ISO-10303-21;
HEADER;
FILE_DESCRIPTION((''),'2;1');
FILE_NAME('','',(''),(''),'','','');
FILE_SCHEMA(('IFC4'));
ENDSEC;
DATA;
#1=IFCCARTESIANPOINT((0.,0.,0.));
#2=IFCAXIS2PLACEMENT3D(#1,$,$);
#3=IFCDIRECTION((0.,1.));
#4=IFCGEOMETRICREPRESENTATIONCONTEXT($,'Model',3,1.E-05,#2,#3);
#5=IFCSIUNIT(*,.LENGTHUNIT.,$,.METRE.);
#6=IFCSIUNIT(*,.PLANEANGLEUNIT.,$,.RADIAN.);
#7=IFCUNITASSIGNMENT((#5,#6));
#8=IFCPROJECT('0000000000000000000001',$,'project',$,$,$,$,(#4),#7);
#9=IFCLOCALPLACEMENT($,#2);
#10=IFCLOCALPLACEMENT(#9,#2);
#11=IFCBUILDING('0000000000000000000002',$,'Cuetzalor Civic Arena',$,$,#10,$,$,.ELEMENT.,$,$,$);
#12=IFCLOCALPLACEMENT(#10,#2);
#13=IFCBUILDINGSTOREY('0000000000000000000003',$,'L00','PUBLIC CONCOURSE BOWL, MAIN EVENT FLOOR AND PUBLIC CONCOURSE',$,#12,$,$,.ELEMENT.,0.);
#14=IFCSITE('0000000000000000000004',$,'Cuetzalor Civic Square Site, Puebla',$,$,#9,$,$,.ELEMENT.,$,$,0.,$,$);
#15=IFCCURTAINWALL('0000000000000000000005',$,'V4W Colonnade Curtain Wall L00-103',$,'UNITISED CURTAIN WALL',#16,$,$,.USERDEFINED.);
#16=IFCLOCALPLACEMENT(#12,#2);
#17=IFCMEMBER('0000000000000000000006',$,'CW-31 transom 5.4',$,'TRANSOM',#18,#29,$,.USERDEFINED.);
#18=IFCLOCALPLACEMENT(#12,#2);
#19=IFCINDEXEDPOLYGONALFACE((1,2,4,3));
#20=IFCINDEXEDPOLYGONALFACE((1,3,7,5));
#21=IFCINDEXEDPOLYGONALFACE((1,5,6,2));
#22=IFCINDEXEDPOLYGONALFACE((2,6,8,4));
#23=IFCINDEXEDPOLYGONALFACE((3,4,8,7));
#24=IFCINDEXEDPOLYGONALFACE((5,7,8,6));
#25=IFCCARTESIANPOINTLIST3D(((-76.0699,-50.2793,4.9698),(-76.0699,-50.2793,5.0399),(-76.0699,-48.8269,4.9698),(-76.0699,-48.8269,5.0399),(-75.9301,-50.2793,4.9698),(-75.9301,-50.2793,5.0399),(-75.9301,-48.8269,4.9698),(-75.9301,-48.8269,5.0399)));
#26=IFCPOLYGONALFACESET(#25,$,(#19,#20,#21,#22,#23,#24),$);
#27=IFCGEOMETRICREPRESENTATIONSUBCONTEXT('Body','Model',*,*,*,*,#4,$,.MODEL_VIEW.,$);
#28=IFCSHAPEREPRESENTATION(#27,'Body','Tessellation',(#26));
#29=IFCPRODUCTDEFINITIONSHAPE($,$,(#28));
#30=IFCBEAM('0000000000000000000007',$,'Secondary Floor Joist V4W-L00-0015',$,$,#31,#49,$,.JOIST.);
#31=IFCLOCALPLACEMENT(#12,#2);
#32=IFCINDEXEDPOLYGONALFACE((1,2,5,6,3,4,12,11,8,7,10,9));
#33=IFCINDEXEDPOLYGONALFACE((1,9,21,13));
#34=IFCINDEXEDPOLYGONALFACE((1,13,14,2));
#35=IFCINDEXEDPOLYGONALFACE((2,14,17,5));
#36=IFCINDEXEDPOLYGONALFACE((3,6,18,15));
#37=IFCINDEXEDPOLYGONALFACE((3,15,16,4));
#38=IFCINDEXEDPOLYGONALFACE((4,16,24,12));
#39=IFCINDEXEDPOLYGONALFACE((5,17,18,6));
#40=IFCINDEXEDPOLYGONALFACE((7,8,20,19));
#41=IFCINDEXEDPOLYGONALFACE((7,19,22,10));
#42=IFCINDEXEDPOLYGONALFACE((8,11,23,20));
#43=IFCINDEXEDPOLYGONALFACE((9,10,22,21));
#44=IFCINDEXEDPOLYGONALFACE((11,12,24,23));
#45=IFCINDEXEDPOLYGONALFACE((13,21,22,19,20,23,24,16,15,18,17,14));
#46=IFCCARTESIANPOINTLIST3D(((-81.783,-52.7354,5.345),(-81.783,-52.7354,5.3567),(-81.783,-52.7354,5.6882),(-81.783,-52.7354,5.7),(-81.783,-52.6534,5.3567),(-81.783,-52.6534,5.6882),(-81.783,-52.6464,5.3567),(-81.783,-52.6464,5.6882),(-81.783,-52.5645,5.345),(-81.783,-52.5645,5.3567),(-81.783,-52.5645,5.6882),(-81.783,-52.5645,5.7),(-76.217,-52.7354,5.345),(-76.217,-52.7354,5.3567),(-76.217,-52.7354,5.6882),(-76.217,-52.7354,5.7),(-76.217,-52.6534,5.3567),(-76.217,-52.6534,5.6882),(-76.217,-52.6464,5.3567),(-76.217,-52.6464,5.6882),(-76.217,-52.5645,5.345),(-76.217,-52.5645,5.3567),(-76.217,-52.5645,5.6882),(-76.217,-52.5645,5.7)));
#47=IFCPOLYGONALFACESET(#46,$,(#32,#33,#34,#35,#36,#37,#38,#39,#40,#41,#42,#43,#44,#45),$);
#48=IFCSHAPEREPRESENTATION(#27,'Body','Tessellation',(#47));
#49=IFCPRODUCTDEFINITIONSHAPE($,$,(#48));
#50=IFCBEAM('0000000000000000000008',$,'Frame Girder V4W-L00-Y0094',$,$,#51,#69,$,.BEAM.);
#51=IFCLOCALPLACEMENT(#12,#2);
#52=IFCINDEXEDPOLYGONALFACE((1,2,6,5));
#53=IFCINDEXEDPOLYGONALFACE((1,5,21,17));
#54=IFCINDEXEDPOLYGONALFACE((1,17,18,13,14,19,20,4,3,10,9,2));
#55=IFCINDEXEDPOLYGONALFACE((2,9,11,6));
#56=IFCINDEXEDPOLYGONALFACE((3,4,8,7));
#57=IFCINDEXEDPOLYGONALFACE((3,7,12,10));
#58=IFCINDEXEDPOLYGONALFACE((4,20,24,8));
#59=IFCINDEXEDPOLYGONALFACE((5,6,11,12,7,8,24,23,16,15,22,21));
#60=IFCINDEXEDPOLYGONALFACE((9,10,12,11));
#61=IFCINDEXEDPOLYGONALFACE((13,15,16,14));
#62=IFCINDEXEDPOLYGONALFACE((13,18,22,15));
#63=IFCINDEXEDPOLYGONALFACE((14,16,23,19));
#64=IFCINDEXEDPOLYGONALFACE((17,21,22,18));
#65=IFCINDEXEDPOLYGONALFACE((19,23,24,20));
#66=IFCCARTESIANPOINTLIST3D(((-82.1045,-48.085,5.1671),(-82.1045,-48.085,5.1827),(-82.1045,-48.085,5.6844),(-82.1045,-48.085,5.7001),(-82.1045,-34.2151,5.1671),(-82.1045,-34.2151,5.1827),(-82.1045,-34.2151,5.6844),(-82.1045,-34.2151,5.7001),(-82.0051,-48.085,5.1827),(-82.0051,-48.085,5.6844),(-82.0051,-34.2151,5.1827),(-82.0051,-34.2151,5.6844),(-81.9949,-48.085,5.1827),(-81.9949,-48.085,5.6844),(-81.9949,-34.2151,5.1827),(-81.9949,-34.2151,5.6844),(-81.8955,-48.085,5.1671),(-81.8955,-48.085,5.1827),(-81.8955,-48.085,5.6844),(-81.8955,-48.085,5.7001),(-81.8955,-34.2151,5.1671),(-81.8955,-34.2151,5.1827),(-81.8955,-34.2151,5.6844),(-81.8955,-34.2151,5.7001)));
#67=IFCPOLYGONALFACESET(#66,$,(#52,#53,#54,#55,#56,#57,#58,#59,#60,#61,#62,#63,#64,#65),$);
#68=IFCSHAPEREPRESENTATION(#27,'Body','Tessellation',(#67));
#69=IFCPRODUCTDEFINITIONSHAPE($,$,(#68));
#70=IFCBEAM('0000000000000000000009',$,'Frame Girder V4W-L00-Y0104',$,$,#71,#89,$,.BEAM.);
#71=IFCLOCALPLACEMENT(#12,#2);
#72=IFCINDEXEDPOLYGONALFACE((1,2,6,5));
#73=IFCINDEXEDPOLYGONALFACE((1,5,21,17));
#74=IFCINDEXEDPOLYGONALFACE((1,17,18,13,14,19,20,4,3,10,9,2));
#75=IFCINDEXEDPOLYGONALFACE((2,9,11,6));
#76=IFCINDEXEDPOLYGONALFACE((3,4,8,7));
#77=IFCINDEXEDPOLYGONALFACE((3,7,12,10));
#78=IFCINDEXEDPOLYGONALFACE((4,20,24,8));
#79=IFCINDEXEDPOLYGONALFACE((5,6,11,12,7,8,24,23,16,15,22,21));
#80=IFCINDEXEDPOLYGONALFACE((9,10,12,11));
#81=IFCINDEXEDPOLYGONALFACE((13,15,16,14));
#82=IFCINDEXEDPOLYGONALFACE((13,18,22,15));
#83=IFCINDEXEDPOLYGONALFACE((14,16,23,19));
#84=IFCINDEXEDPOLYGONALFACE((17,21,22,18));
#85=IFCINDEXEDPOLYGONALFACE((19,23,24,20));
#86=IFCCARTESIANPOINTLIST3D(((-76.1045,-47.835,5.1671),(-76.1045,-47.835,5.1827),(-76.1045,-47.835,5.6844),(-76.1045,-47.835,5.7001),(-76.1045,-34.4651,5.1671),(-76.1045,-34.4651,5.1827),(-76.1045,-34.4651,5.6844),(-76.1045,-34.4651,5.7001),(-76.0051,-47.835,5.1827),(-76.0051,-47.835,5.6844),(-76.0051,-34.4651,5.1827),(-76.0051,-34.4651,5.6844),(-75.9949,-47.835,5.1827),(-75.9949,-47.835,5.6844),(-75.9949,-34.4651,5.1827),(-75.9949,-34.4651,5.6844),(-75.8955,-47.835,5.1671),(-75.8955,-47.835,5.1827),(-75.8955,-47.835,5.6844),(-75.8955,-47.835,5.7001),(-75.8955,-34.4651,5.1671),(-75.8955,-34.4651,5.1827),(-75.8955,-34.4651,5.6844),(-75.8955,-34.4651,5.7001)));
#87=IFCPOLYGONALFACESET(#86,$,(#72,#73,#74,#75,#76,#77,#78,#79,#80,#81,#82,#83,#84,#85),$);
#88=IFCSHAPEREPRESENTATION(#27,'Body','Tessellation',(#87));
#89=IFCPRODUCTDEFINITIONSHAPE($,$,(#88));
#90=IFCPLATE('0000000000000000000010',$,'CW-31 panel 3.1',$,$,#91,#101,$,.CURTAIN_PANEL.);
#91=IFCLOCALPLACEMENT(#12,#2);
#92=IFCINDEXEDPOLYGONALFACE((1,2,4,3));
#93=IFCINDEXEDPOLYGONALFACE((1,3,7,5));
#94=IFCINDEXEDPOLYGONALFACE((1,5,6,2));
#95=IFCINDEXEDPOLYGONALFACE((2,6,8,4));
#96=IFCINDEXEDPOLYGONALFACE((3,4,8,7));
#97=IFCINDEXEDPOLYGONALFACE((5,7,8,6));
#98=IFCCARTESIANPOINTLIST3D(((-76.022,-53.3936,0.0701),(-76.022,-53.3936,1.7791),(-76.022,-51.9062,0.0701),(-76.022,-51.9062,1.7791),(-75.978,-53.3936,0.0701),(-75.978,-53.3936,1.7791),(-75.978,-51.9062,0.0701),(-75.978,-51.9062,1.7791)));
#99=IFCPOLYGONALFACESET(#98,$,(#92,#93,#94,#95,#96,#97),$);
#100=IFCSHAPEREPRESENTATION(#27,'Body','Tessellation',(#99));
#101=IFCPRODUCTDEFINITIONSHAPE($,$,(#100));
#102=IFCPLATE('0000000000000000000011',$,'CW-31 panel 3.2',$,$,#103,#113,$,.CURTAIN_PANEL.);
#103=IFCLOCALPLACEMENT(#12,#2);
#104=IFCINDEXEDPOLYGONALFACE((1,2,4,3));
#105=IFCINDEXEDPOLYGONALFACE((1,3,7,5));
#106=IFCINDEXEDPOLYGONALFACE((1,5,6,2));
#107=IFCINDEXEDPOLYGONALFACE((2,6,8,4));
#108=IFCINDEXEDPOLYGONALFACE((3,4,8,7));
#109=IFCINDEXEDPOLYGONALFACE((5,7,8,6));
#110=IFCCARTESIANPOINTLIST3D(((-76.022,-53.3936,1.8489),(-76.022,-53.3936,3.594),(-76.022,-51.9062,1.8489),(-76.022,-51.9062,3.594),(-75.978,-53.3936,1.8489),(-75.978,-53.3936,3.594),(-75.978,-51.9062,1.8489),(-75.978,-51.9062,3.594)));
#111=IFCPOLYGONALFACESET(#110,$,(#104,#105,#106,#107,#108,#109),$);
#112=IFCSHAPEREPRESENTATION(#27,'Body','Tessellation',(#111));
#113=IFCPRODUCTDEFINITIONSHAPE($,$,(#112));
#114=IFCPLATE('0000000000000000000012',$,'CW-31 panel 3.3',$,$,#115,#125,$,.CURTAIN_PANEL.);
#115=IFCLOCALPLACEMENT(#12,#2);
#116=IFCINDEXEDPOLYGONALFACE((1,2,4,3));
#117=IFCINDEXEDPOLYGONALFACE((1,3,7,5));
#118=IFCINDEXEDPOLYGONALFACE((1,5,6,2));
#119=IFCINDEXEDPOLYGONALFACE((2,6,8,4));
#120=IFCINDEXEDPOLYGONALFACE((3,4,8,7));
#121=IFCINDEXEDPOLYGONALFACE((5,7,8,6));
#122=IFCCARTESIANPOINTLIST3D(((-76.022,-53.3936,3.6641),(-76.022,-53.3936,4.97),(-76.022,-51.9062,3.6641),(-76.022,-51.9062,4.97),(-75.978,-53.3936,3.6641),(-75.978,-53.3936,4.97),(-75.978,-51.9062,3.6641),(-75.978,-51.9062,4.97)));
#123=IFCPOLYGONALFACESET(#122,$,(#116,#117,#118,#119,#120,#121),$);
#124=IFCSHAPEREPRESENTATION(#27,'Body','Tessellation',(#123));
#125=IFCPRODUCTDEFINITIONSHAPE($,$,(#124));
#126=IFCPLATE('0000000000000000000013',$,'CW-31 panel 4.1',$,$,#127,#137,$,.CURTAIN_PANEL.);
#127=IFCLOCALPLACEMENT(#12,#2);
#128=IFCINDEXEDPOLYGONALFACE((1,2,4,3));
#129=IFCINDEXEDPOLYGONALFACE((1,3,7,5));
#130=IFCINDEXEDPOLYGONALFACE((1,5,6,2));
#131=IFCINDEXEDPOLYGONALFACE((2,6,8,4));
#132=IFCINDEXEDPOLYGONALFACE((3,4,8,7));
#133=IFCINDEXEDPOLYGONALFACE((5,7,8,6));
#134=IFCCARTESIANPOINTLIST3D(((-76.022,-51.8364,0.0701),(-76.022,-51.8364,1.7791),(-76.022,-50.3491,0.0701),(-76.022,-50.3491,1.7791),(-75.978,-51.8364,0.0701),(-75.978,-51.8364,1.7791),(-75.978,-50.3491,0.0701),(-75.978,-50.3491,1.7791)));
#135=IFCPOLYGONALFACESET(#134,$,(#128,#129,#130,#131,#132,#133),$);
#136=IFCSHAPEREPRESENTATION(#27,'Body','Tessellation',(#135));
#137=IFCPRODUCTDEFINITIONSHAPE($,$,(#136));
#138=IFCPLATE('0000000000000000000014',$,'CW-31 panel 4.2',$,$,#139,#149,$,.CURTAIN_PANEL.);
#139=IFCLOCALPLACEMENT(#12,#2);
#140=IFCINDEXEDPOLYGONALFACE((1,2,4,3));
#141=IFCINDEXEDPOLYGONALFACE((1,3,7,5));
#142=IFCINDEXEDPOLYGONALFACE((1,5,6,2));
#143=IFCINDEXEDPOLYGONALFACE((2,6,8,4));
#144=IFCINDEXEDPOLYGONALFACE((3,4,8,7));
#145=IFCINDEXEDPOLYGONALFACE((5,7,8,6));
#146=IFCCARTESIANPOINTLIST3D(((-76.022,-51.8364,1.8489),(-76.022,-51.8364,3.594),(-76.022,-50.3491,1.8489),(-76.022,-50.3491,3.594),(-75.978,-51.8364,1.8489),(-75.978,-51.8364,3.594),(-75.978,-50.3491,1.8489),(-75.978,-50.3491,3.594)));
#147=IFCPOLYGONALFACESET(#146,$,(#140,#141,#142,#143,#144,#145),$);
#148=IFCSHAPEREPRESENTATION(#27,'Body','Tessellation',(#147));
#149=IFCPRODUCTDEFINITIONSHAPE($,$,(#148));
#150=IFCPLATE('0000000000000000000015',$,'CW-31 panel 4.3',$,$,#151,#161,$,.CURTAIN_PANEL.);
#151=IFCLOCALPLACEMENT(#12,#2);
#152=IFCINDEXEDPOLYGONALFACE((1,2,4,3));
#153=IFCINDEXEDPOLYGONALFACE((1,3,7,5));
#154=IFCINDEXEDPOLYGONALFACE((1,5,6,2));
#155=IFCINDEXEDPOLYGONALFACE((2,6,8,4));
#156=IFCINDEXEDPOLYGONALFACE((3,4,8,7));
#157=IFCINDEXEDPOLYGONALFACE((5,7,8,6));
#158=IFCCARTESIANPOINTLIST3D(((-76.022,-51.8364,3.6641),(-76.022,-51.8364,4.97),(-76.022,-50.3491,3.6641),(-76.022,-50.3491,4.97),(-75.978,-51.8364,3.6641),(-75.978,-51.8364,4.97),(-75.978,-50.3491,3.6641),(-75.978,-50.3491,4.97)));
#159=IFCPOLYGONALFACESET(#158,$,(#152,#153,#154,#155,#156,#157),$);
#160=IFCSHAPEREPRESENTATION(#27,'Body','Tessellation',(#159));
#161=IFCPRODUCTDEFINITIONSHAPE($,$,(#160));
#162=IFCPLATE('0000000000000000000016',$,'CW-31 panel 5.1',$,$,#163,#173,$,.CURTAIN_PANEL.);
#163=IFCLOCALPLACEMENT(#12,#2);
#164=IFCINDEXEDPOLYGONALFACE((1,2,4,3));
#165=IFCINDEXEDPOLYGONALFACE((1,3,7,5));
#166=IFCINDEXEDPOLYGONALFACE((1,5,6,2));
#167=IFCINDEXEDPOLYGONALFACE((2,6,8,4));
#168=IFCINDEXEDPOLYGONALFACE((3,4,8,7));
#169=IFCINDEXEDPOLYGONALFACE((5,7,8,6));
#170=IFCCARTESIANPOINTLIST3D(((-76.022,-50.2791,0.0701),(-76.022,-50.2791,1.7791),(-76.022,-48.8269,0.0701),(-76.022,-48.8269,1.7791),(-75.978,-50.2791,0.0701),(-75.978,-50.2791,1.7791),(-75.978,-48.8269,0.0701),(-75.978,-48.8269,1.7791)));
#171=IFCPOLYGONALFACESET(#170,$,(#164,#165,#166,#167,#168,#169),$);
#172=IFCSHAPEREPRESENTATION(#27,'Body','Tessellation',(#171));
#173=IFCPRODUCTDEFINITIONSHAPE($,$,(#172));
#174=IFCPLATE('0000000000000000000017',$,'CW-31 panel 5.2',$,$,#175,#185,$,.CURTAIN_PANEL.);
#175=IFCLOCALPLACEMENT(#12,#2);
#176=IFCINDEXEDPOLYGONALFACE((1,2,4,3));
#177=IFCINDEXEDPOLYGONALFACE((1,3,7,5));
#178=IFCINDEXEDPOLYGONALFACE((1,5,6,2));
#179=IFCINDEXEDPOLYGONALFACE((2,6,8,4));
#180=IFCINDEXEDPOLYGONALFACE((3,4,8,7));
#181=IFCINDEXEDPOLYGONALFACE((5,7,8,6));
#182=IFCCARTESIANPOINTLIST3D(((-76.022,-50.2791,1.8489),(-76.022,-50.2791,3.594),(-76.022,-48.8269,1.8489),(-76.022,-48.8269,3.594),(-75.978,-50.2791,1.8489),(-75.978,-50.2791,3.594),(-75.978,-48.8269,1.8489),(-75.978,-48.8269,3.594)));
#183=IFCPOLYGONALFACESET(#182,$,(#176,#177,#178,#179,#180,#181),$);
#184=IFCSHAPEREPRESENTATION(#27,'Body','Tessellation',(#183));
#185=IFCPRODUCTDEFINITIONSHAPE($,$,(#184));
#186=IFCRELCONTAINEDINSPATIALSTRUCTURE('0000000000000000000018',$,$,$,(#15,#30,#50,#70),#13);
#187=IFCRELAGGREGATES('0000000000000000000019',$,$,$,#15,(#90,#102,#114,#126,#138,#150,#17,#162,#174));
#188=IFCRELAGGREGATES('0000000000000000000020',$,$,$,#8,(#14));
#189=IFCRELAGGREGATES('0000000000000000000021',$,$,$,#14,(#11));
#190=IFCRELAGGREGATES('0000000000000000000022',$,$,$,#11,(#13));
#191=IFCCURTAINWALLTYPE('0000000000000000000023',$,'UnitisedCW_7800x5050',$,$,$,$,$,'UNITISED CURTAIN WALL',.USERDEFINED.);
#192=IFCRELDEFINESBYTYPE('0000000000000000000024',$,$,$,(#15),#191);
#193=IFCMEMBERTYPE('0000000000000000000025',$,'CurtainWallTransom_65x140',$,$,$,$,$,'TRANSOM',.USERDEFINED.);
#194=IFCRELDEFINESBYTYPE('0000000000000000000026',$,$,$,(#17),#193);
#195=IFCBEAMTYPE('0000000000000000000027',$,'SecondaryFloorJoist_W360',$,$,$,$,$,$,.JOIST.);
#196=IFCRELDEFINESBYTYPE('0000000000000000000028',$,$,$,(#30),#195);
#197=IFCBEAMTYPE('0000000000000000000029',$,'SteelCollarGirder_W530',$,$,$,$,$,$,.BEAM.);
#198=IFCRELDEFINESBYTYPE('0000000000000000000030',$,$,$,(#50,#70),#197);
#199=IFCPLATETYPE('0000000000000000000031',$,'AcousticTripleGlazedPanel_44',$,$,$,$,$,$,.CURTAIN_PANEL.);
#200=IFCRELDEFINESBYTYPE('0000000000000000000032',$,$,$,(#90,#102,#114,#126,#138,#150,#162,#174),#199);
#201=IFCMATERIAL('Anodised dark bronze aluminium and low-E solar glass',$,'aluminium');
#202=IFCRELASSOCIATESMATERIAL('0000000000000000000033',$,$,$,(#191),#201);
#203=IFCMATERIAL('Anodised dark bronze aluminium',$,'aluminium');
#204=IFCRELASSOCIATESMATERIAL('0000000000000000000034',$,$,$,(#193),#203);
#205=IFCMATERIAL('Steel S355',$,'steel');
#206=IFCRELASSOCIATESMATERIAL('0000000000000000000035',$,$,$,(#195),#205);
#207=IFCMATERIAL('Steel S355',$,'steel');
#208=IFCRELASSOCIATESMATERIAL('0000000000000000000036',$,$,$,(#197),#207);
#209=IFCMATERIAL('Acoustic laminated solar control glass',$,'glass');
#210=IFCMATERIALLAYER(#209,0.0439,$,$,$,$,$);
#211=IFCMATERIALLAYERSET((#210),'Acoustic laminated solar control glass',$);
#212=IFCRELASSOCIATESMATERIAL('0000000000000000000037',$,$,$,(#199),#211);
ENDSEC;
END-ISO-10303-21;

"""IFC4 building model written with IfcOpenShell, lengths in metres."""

from ifc_helpers import new_model, si_unit, direction, frame, origin, origin_2d, place, context, subcontext, project, spatial, rectangle, i_section, extrude, material, layer, layer_set, material_profile, profile_set, type_object, element, aggregate, save


model = new_model("IFC4")

# Units and contexts
model_context = context("Model", 3, precision=1e-05, world=origin(), true_north=direction((0.0, 1.0)))
body_context = subcontext(model_context, "Body", "Model", "MODEL_VIEW")
ifc_project = project(units=[si_unit("LENGTHUNIT", "METRE"), si_unit("PLANEANGLEUNIT", "RADIAN")], contexts=[model_context])

# Site, building, storey
site_placement = place(None, origin())
site = spatial("IfcSite", under=ifc_project, at=site_placement, Name="Cuetzalor Civic Square Site, Puebla", CompositionType="ELEMENT", RefElevation=0.0)
building_placement = place(site_placement, origin())
building = spatial("IfcBuilding", under=site, at=building_placement, Name="Cuetzalor Civic Arena", CompositionType="ELEMENT")
storey_placement = place(building_placement, origin())
storey = spatial("IfcBuildingStorey", under=building, at=storey_placement, Name="L00", Description="PUBLIC CONCOURSE BOWL, MAIN EVENT FLOOR AND PUBLIC CONCOURSE", CompositionType="ELEMENT", Elevation=0.0)

# Curtain wall
ifc_material_1 = material(Name="Anodised dark bronze aluminium and low-E solar glass", Category="aluminium")
curtain_wall_type_1 = type_object("IfcCurtainWallType", Name="UnitisedCW_7800x5050", ElementType="UNITISED CURTAIN WALL", PredefinedType="USERDEFINED", material=ifc_material_1)
curtain_wall_1_placement = place(storey_placement, origin())
curtain_wall_1 = element("IfcCurtainWall", 1, at=curtain_wall_1_placement, inside=storey, type_object=curtain_wall_type_1, Name="V4W Colonnade Curtain Wall L00-103", ObjectType="UNITISED CURTAIN WALL", PredefinedType="USERDEFINED")

# Member
ifc_material_2 = material(Name="Anodised dark bronze aluminium", Category="aluminium")
ifc_material_profile_1 = material_profile(ifc_material_2, rectangle(XDim=0.1399, YDim=0.0701, at=origin_2d()), Name="ALU TRANSOM 70x140")
ifc_profile_set_1 = profile_set([ifc_material_profile_1], Name="Anodised dark bronze aluminium")
member_type_1 = type_object("IfcMemberType", Name="CurtainWallTransom_65x140", ElementType="TRANSOM", PredefinedType="USERDEFINED", material=ifc_profile_set_1)
member_1_placement = place(storey_placement, frame((-76.0, -50.2793, 5.0049), z_axis=(0.0, 1.0, 0.0), x_axis=(-1.0, 0.0, 0.0)))
member_1 = element("IfcMember", 2, at=member_1_placement, type_object=member_type_1, Name="CW-31 transom 5.4", ObjectType="TRANSOM", PredefinedType="USERDEFINED", context=body_context, shape_type="SweptSolid", body=[
    extrude(rectangle(XDim=0.1399, YDim=0.0701, at=origin_2d()), origin(), (0.0, 0.0, 1.0), 1.4524),
])

# Beams
ifc_material_3 = material(Name="Steel S355", Category="steel")
ifc_material_profile_2 = material_profile(ifc_material_3, i_section(OverallWidth=0.1709, OverallDepth=0.355, WebThickness=0.0071, FlangeThickness=0.0117, at=origin_2d()), Name="W360x51")
ifc_profile_set_2 = profile_set([ifc_material_profile_2], Name="Steel S355")
beam_type_1 = type_object("IfcBeamType", Name="SecondaryFloorJoist_W360", PredefinedType="JOIST", material=ifc_profile_set_2)
beam_1_placement = place(storey_placement, frame((-81.783, -52.6499, 5.5225), z_axis=(1.0, 0.0, 0.0), x_axis=(0.0, 1.0, 0.0)))
element("IfcBeam", 3, at=beam_1_placement, inside=storey, type_object=beam_type_1, Name="Secondary Floor Joist V4W-L00-0015", PredefinedType="JOIST", context=body_context, shape_type="SweptSolid", body=[
    extrude(i_section(OverallWidth=0.1709, OverallDepth=0.355, WebThickness=0.0071, FlangeThickness=0.0117, at=origin_2d()), origin(), (0.0, 0.0, 1.0), 5.5659),
])
ifc_material_4 = material(Name="Steel S355", Category="steel")
ifc_material_profile_3 = material_profile(ifc_material_4, i_section(OverallWidth=0.209, OverallDepth=0.533, WebThickness=0.0103, FlangeThickness=0.0156, at=origin_2d()), Name="W530x92")
ifc_profile_set_3 = profile_set([ifc_material_profile_3], Name="Steel S355")
beam_type_2 = type_object("IfcBeamType", Name="SteelCollarGirder_W530", PredefinedType="BEAM", material=ifc_profile_set_3)
beam_2_placement = place(storey_placement, frame((-82.0, -48.085, 5.4336), z_axis=(0.0, 1.0, 0.0), x_axis=(-1.0, 0.0, 0.0)))
element("IfcBeam", 4, at=beam_2_placement, inside=storey, type_object=beam_type_2, Name="Frame Girder V4W-L00-Y0094", PredefinedType="BEAM", context=body_context, shape_type="SweptSolid", body=[
    extrude(i_section(OverallWidth=0.209, OverallDepth=0.533, WebThickness=0.0103, FlangeThickness=0.0156, at=origin_2d()), origin(), (0.0, 0.0, 1.0), 13.8699),
])
beam_3_placement = place(storey_placement, frame((-76.0, -47.835, 5.4336), z_axis=(0.0, 1.0, 0.0), x_axis=(-1.0, 0.0, 0.0)))
element("IfcBeam", 5, at=beam_3_placement, inside=storey, type_object=beam_type_2, Name="Frame Girder V4W-L00-Y0104", PredefinedType="BEAM", context=body_context, shape_type="SweptSolid", body=[
    extrude(i_section(OverallWidth=0.209, OverallDepth=0.533, WebThickness=0.0103, FlangeThickness=0.0156, at=origin_2d()), origin(), (0.0, 0.0, 1.0), 13.3699),
])

# Plates
ifc_material_5 = material(Name="Acoustic laminated solar control glass", Category="glass")
ifc_layer = layer(ifc_material_5, 0.0439)
ifc_layer_set = layer_set([ifc_layer], Name="Acoustic laminated solar control glass")
plate_type = type_object("IfcPlateType", Name="AcousticTripleGlazedPanel_44", PredefinedType="CURTAIN_PANEL", material=ifc_layer_set)
plate_1_placement = place(storey_placement, frame((-76.0, -52.6499, 0.0701), z_axis=(0.0, 0.0, 1.0), x_axis=(0.0, 1.0, 0.0)))
plate_1 = element("IfcPlate", 6, at=plate_1_placement, type_object=plate_type, Name="CW-31 panel 3.1", PredefinedType="CURTAIN_PANEL", context=body_context, shape_type="SweptSolid", body=[
    extrude(rectangle(XDim=1.4873, YDim=0.0439, at=origin_2d()), origin(), (0.0, 0.0, 1.0), 1.709),
])
plate_2_placement = place(storey_placement, frame((-76.0, -52.6499, 1.8489), z_axis=(0.0, 0.0, 1.0), x_axis=(0.0, 1.0, 0.0)))
plate_2 = element("IfcPlate", 7, at=plate_2_placement, type_object=plate_type, Name="CW-31 panel 3.2", PredefinedType="CURTAIN_PANEL", context=body_context, shape_type="SweptSolid", body=[
    extrude(rectangle(XDim=1.4873, YDim=0.0439, at=origin_2d()), origin(), (0.0, 0.0, 1.0), 1.7451),
])
plate_3_placement = place(storey_placement, frame((-76.0, -52.6499, 3.6641), z_axis=(0.0, 0.0, 1.0), x_axis=(0.0, 1.0, 0.0)))
plate_3 = element("IfcPlate", 8, at=plate_3_placement, type_object=plate_type, Name="CW-31 panel 3.3", PredefinedType="CURTAIN_PANEL", context=body_context, shape_type="SweptSolid", body=[
    extrude(rectangle(XDim=1.4873, YDim=0.0439, at=origin_2d()), origin(), (0.0, 0.0, 1.0), 1.3059),
])
plate_4_placement = place(storey_placement, frame((-76.0, -51.0928, 0.0701), z_axis=(0.0, 0.0, 1.0), x_axis=(0.0, 1.0, 0.0)))
plate_4 = element("IfcPlate", 9, at=plate_4_placement, type_object=plate_type, Name="CW-31 panel 4.1", PredefinedType="CURTAIN_PANEL", context=body_context, shape_type="SweptSolid", body=[
    extrude(rectangle(XDim=1.4873, YDim=0.0439, at=origin_2d()), origin(), (0.0, 0.0, 1.0), 1.709),
])
plate_5_placement = place(storey_placement, frame((-76.0, -51.0928, 1.8489), z_axis=(0.0, 0.0, 1.0), x_axis=(0.0, 1.0, 0.0)))
plate_5 = element("IfcPlate", 10, at=plate_5_placement, type_object=plate_type, Name="CW-31 panel 4.2", PredefinedType="CURTAIN_PANEL", context=body_context, shape_type="SweptSolid", body=[
    extrude(rectangle(XDim=1.4873, YDim=0.0439, at=origin_2d()), origin(), (0.0, 0.0, 1.0), 1.7451),
])
plate_6_placement = place(storey_placement, frame((-76.0, -51.0928, 3.6641), z_axis=(0.0, 0.0, 1.0), x_axis=(0.0, 1.0, 0.0)))
plate_6 = element("IfcPlate", 11, at=plate_6_placement, type_object=plate_type, Name="CW-31 panel 4.3", PredefinedType="CURTAIN_PANEL", context=body_context, shape_type="SweptSolid", body=[
    extrude(rectangle(XDim=1.4873, YDim=0.0439, at=origin_2d()), origin(), (0.0, 0.0, 1.0), 1.3059),
])
plate_7_placement = place(storey_placement, frame((-76.0, -49.553, 0.0701), z_axis=(0.0, 0.0, 1.0), x_axis=(0.0, 1.0, 0.0)))
plate_7 = element("IfcPlate", 12, at=plate_7_placement, type_object=plate_type, Name="CW-31 panel 5.1", PredefinedType="CURTAIN_PANEL", context=body_context, shape_type="SweptSolid", body=[
    extrude(rectangle(XDim=1.4521, YDim=0.0439, at=origin_2d()), origin(), (0.0, 0.0, 1.0), 1.709),
])
plate_8_placement = place(storey_placement, frame((-76.0, -49.553, 1.8489), z_axis=(0.0, 0.0, 1.0), x_axis=(0.0, 1.0, 0.0)))
plate_8 = element("IfcPlate", 13, at=plate_8_placement, type_object=plate_type, Name="CW-31 panel 5.2", PredefinedType="CURTAIN_PANEL", context=body_context, shape_type="SweptSolid", body=[
    extrude(rectangle(XDim=1.4521, YDim=0.0439, at=origin_2d()), origin(), (0.0, 0.0, 1.0), 1.7451),
])
aggregate(curtain_wall_1, [plate_1, plate_2, plate_3, plate_4, plate_5, plate_6, member_1, plate_7, plate_8])

save(model, "model.ifc")
